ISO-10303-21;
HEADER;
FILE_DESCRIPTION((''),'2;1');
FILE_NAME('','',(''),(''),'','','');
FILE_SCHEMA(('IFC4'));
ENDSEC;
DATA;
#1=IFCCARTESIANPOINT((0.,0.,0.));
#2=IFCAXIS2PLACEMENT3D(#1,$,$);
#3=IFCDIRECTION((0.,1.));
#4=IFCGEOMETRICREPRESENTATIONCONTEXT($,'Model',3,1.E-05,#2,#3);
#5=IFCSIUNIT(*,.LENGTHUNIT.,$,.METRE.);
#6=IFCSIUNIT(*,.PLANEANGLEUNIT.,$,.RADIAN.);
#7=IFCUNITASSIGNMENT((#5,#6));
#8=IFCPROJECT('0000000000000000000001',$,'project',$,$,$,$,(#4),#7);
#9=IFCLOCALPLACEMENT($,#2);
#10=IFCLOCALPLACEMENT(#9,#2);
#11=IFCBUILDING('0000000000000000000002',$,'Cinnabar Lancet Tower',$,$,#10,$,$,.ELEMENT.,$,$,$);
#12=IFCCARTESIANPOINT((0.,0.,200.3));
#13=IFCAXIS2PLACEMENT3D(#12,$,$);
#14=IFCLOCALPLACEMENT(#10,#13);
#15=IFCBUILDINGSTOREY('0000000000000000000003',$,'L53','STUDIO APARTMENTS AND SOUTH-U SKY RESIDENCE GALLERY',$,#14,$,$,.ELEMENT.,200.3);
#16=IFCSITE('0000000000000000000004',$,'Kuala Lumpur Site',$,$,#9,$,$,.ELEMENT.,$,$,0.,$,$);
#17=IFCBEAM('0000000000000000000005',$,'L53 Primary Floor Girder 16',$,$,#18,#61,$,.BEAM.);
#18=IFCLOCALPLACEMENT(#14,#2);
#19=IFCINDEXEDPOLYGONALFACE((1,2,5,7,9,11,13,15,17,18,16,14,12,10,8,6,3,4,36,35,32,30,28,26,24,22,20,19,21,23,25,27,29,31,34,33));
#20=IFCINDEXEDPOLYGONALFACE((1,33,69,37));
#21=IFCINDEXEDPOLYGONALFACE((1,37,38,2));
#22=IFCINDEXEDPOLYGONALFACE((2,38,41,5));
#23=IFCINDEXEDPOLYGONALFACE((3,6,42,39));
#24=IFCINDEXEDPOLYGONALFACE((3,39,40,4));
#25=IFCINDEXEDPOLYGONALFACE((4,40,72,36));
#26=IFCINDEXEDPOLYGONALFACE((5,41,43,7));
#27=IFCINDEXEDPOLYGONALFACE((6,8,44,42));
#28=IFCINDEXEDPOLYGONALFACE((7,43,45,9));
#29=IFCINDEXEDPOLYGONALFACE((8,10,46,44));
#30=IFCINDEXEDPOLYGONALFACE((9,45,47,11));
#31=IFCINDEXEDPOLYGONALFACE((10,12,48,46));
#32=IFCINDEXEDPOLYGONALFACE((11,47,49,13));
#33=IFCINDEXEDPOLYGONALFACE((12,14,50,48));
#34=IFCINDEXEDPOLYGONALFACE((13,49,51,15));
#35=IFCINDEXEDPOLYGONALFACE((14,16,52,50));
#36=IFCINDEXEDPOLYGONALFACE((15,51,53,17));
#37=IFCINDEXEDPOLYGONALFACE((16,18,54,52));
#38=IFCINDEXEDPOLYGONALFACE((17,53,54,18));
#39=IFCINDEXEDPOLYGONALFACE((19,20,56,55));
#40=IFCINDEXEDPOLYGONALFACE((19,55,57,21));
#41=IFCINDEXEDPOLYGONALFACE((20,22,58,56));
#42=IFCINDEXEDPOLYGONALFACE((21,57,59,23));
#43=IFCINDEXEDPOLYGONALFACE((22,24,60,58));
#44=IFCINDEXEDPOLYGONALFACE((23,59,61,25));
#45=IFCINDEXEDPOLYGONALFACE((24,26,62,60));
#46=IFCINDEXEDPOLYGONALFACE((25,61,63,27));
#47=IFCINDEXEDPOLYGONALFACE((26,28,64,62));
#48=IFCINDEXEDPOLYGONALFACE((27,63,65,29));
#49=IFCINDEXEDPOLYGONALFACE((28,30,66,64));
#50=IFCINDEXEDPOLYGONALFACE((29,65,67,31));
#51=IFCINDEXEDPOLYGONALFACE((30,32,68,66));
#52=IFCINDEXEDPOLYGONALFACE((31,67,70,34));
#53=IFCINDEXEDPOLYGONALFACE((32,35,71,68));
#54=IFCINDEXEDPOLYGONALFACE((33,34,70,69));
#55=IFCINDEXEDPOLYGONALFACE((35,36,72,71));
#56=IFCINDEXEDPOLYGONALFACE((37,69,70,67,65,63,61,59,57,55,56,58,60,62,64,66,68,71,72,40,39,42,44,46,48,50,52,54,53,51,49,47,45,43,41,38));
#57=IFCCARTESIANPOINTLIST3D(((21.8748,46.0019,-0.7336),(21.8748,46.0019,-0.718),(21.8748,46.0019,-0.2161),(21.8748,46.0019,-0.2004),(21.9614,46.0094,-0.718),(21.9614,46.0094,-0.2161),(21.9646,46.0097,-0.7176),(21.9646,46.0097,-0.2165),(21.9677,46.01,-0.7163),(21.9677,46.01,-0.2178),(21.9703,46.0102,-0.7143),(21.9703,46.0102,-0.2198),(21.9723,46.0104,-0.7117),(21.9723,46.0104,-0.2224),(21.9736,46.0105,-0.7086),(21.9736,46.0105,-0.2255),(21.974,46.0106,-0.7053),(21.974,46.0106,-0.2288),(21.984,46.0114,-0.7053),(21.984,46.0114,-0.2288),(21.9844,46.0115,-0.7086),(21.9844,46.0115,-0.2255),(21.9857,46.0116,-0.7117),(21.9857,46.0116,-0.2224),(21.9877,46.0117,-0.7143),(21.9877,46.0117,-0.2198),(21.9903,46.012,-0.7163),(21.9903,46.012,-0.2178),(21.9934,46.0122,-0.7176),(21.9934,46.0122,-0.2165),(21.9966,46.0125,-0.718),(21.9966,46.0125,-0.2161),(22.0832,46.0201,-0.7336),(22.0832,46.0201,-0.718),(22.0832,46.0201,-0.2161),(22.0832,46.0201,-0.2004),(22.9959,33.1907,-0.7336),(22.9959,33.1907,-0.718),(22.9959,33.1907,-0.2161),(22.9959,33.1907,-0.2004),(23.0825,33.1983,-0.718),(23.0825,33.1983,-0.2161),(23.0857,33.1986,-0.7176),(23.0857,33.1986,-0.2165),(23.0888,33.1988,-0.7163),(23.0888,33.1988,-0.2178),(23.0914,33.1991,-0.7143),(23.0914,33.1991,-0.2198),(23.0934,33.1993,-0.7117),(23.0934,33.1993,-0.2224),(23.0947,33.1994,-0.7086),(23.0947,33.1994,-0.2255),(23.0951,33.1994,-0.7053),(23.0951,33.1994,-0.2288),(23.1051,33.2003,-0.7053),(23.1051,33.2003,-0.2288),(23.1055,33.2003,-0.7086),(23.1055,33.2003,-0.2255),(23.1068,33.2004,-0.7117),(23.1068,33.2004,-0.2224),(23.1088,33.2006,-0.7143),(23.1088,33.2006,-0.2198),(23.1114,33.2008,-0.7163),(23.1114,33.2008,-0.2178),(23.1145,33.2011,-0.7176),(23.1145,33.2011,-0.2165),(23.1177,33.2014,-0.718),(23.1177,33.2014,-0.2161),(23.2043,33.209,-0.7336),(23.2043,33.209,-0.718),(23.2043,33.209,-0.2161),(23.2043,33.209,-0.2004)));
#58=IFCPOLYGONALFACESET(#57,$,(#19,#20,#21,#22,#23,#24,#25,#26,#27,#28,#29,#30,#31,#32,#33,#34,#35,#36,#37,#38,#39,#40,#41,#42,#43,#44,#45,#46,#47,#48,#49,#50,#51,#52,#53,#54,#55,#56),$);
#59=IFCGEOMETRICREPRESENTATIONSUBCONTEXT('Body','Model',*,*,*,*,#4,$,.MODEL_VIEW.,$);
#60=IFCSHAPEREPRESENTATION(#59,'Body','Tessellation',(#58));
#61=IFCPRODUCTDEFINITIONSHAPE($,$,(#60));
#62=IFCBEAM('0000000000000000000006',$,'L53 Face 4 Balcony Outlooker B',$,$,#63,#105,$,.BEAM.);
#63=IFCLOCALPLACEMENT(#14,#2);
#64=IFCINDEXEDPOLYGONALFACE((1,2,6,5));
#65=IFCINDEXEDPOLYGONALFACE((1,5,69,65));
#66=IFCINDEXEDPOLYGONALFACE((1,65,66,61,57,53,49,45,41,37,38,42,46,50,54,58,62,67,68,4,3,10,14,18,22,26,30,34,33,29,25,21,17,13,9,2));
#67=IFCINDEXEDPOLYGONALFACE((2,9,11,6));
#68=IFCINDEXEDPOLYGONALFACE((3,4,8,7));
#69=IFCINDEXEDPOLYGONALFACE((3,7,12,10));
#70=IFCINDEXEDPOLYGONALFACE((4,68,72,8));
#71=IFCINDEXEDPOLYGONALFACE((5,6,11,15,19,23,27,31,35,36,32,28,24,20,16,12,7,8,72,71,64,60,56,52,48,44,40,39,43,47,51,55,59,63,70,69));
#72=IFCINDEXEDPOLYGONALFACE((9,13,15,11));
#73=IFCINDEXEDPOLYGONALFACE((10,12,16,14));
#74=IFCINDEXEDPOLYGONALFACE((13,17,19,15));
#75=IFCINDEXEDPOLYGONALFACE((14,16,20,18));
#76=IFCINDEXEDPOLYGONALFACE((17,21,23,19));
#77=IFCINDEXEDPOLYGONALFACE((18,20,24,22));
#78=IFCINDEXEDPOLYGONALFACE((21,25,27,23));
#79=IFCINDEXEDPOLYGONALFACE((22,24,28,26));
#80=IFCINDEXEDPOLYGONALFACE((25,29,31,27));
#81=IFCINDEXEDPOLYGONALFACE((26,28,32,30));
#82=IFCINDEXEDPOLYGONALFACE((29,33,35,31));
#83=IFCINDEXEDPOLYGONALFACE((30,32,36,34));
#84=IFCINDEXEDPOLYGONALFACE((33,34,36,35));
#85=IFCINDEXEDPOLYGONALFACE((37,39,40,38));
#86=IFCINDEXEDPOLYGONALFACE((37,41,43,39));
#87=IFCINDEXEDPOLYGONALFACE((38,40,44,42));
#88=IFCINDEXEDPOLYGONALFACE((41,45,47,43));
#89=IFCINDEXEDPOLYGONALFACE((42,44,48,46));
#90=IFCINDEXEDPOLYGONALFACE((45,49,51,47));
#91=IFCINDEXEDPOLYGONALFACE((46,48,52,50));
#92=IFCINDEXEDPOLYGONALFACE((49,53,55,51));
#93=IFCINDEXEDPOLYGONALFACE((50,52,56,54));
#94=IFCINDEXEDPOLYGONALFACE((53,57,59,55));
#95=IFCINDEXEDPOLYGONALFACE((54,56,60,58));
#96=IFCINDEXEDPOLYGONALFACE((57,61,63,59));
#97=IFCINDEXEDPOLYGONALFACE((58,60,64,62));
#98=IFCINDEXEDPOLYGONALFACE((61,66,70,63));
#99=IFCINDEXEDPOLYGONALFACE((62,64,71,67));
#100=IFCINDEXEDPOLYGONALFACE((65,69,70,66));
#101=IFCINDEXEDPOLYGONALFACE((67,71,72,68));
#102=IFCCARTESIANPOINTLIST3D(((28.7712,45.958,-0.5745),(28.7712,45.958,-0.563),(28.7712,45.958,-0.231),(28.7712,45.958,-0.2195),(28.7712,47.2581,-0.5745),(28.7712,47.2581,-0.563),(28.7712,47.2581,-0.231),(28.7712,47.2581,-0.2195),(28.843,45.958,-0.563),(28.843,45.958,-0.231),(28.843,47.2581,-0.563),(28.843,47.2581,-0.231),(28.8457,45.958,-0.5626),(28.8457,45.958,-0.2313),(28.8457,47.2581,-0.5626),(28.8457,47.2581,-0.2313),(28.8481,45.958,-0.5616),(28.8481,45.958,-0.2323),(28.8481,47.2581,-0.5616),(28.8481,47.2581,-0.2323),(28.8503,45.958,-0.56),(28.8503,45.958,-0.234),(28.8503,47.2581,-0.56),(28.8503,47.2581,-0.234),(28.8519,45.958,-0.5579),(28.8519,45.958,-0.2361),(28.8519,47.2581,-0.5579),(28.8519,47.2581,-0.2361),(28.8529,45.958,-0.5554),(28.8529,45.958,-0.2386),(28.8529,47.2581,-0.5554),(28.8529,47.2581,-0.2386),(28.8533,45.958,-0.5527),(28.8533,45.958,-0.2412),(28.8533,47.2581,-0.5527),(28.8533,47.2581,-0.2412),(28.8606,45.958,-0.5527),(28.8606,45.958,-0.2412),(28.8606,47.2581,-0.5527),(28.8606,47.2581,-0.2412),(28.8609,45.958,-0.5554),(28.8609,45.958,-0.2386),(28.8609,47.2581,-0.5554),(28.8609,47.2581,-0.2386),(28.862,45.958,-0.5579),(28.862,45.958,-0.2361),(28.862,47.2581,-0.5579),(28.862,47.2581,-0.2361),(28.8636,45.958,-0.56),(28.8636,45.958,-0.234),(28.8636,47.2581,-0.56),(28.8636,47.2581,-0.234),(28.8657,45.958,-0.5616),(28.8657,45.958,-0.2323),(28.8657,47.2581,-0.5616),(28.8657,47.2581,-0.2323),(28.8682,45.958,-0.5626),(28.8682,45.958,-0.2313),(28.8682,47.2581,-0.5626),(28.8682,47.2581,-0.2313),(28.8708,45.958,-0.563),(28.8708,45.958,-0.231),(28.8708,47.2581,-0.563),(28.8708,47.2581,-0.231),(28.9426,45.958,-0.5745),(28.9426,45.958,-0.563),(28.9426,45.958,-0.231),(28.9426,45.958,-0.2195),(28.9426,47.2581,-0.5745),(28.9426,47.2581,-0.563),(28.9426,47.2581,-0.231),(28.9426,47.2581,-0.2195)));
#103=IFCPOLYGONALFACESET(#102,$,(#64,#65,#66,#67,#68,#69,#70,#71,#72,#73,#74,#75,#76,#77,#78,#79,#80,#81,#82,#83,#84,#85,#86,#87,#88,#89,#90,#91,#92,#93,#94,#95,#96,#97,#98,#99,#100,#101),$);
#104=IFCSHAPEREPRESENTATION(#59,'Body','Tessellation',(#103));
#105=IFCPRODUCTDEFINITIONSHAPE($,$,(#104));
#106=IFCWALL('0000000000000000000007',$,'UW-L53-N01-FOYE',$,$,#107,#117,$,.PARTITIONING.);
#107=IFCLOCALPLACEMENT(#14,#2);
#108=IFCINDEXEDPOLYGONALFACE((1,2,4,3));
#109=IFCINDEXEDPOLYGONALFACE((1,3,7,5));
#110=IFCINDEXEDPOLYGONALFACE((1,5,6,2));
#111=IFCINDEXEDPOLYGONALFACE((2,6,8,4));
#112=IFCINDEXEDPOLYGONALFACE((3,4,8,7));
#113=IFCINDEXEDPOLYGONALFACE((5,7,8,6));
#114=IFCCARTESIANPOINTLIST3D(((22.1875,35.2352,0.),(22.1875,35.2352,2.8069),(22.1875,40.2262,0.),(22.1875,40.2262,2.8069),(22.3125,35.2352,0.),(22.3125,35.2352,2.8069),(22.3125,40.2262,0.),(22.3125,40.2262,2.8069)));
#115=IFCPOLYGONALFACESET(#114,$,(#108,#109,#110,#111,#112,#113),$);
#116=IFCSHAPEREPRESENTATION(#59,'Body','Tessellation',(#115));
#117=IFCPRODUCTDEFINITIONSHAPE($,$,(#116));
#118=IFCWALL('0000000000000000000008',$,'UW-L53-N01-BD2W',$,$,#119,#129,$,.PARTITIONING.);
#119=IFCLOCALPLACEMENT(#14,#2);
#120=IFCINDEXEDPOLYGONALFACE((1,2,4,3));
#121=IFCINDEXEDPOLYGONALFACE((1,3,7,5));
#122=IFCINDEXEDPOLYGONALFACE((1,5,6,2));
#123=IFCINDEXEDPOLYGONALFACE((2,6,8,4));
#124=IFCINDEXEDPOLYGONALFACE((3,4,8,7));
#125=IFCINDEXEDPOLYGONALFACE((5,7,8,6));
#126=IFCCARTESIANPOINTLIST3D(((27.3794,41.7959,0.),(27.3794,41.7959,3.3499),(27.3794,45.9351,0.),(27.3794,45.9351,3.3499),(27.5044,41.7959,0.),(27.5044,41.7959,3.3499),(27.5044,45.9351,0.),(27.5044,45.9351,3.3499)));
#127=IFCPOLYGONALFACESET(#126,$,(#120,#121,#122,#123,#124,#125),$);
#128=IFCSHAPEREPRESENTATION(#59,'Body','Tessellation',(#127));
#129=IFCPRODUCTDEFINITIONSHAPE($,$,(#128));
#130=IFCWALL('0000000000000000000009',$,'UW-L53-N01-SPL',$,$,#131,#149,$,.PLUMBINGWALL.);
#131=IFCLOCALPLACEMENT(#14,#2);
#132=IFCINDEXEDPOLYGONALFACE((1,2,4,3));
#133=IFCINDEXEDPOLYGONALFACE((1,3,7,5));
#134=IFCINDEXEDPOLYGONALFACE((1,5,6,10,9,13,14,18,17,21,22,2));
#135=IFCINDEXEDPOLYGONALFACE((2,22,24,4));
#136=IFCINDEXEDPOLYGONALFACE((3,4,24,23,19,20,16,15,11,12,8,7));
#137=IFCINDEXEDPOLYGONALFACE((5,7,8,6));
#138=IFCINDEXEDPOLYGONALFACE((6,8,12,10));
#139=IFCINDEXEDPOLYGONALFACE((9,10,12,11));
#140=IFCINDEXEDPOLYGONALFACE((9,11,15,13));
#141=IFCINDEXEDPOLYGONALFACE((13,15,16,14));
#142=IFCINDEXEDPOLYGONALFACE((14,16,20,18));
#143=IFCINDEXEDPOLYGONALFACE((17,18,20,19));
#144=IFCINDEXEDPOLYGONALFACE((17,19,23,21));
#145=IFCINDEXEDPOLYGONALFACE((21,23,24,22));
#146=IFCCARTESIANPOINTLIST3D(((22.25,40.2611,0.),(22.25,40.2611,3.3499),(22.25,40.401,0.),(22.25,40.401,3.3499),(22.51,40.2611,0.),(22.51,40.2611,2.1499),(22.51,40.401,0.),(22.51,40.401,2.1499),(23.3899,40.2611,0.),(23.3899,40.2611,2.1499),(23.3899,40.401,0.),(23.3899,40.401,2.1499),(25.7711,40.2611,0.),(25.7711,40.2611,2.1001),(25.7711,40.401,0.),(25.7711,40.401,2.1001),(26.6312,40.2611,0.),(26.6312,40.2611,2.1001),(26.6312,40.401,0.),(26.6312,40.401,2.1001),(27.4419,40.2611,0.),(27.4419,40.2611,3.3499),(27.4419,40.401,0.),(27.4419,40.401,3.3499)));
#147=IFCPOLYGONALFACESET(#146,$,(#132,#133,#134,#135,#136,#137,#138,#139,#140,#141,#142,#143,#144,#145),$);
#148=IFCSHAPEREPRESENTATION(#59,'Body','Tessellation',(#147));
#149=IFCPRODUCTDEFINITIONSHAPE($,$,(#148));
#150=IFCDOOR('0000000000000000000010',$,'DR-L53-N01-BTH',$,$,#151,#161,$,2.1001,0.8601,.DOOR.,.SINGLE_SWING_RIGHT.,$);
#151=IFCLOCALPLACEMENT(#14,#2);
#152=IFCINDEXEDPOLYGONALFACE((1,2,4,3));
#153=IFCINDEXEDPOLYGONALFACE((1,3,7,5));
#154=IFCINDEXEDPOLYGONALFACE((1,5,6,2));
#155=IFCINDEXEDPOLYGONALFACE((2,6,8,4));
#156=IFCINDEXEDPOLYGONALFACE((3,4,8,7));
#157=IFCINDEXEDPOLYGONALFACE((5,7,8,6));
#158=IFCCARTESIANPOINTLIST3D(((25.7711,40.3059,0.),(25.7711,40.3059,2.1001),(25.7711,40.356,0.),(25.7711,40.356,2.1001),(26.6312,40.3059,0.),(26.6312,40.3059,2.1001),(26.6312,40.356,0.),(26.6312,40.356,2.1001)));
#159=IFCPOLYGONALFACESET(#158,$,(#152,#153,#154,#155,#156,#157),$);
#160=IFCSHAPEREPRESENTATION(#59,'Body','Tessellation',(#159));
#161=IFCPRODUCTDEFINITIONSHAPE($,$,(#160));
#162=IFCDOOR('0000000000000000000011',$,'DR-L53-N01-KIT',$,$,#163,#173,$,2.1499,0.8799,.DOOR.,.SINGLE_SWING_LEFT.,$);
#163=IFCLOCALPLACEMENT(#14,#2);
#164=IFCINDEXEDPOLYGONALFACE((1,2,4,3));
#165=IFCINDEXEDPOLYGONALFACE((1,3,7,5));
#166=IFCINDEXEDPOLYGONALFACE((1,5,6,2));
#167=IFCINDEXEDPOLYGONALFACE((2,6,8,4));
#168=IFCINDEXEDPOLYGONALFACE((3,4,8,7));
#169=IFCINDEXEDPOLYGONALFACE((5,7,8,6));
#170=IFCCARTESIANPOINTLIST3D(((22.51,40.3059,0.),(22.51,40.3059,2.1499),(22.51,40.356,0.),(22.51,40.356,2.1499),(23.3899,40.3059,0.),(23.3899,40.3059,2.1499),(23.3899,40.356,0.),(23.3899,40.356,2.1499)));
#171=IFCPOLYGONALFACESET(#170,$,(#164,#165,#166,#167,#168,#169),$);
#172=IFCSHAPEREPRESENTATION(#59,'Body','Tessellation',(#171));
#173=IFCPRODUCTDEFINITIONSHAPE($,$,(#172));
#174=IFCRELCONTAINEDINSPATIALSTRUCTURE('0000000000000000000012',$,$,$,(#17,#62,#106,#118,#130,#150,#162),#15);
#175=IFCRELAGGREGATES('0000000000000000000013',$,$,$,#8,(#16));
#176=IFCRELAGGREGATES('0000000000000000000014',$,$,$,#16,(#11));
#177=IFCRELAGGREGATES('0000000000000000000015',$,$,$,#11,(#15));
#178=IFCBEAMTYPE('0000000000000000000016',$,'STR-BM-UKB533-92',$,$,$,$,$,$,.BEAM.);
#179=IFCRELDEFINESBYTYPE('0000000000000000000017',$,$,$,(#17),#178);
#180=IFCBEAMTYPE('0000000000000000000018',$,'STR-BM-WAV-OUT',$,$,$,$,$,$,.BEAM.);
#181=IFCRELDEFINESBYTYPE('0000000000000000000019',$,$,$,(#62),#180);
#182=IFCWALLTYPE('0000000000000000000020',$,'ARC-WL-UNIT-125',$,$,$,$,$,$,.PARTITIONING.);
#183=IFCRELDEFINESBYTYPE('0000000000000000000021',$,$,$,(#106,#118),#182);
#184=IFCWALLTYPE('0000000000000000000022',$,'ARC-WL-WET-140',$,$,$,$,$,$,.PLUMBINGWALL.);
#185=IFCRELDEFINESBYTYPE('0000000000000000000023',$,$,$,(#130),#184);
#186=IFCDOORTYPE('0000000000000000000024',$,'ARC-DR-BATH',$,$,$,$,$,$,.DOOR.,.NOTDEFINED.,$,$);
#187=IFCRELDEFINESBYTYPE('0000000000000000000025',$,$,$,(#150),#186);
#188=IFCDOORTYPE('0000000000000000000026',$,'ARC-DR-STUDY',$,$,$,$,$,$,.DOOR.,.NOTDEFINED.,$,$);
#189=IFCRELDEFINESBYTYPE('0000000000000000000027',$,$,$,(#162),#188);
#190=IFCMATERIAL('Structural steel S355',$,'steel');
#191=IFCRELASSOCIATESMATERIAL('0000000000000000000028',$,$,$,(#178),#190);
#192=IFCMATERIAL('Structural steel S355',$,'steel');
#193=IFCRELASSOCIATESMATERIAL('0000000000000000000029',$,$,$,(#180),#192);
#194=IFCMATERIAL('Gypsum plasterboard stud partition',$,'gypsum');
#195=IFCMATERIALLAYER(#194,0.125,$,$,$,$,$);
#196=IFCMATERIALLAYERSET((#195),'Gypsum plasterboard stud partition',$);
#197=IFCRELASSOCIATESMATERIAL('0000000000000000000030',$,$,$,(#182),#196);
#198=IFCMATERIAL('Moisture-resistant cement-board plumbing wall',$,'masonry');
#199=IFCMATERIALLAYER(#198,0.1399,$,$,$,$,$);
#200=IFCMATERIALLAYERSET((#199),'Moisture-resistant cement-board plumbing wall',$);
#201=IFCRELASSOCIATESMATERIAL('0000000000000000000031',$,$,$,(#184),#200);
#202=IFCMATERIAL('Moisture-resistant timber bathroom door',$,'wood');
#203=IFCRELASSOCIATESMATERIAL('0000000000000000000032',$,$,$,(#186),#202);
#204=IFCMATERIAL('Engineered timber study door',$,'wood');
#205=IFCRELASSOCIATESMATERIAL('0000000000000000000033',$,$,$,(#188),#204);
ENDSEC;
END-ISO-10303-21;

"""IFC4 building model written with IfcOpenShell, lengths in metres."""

from ifc_helpers import new_model, si_unit, direction, frame, frame_2d, origin, origin_2d, place, context, subcontext, project, spatial, rectangle, i_section, extrude, material, layer, layer_set, material_profile, profile_set, type_object, element, fill, save


model = new_model("IFC4")

# Units and contexts
model_context = context("Model", 3, precision=1e-05, world=origin(), true_north=direction((0.0, 1.0)))
body_context = subcontext(model_context, "Body", "Model", "MODEL_VIEW")
ifc_project = project(units=[si_unit("LENGTHUNIT", "METRE"), si_unit("PLANEANGLEUNIT", "RADIAN")], contexts=[model_context])

# Site, building, storey
site_placement = place(None, origin())
site = spatial("IfcSite", under=ifc_project, at=site_placement, Name="Kuala Lumpur Site", CompositionType="ELEMENT", RefElevation=0.0)
building_placement = place(site_placement, origin())
building = spatial("IfcBuilding", under=site, at=building_placement, Name="Cinnabar Lancet Tower", CompositionType="ELEMENT")
storey_placement = place(building_placement, frame((0.0, 0.0, 200.3)))
storey = spatial("IfcBuildingStorey", under=building, at=storey_placement, Name="L53", Description="STUDIO APARTMENTS AND SOUTH-U SKY RESIDENCE GALLERY", CompositionType="ELEMENT", Elevation=200.3)

# Beams
ifc_material_1 = material(Name="Structural steel S355", Category="steel")
ifc_material_profile_1 = material_profile(ifc_material_1, i_section(OverallWidth=0.2092, OverallDepth=0.5332, WebThickness=0.01, FlangeThickness=0.0156, FilletRadius=0.0127, at=origin_2d()), Name="UKB 533x210x92")
ifc_profile_set_1 = profile_set([ifc_material_profile_1], Name="Structural steel S355")
beam_type_1 = type_object("IfcBeamType", Name="STR-BM-UKB533-92", PredefinedType="BEAM", material=ifc_profile_set_1)
beam_1_placement = place(storey_placement, frame((21.979, 46.011, -0.467), z_axis=(0.087177, -0.996193, 0.0), x_axis=(0.996193, 0.087177, 0.0)))
element("IfcBeam", 1, at=beam_1_placement, inside=storey, type_object=beam_type_1, Name="L53 Primary Floor Girder 16", PredefinedType="BEAM", context=body_context, shape_type="SweptSolid", body=[
    extrude(i_section(OverallWidth=0.2092, OverallDepth=0.5332, WebThickness=0.01, FlangeThickness=0.0156, FilletRadius=0.0127, at=origin_2d()), origin(), (0.0, 0.0, 1.0), 12.8601),
])
ifc_material_2 = material(Name="Structural steel S355", Category="steel")
ifc_material_profile_2 = material_profile(ifc_material_2, i_section(OverallWidth=0.1714, OverallDepth=0.355, WebThickness=0.0073, FlangeThickness=0.0115, FilletRadius=0.0103, at=origin_2d()), Name="UKB 356x171x51")
ifc_profile_set_2 = profile_set([ifc_material_profile_2], Name="Structural steel S355")
beam_type_2 = type_object("IfcBeamType", Name="STR-BM-WAV-OUT", PredefinedType="BEAM", material=ifc_profile_set_2)
beam_2_placement = place(storey_placement, frame((28.8569, 45.958, -0.397), z_axis=(0.0, 1.0, 0.0), x_axis=(-1.0, 0.0, 0.0)))
element("IfcBeam", 2, at=beam_2_placement, inside=storey, type_object=beam_type_2, Name="L53 Face 4 Balcony Outlooker B", PredefinedType="BEAM", context=body_context, shape_type="SweptSolid", body=[
    extrude(i_section(OverallWidth=0.1714, OverallDepth=0.355, WebThickness=0.0073, FlangeThickness=0.0115, FilletRadius=0.0103, at=origin_2d()), origin(), (0.0, 0.0, 1.0), 1.3),
])

# Walls
ifc_material_3 = material(Name="Gypsum plasterboard stud partition", Category="gypsum")
ifc_layer_1 = layer(ifc_material_3, 0.125)
ifc_layer_set_1 = layer_set([ifc_layer_1], Name="Gypsum plasterboard stud partition")
wall_type_1 = type_object("IfcWallType", Name="ARC-WL-UNIT-125", PredefinedType="PARTITIONING", material=ifc_layer_set_1)
wall_1_placement = place(storey_placement, frame((22.25, 35.2351, 0.0), z_axis=(0.0, 0.0, 1.0), x_axis=(0.0, 1.0, 0.0)))
element("IfcWall", 3, at=wall_1_placement, inside=storey, type_object=wall_type_1, Name="UW-L53-N01-FOYE", PredefinedType="PARTITIONING", context=body_context, shape_type="SweptSolid", body=[
    extrude(rectangle(XDim=4.991, YDim=0.125, at=frame_2d((2.4956, 0.0))), origin(), (0.0, 0.0, 1.0), 2.8069),
])
wall_2_placement = place(storey_placement, frame((27.4419, 41.7959, 0.0), z_axis=(0.0, 0.0, 1.0), x_axis=(0.0, 1.0, 0.0)))
element("IfcWall", 4, at=wall_2_placement, inside=storey, type_object=wall_type_1, Name="UW-L53-N01-BD2W", PredefinedType="PARTITIONING", context=body_context, shape_type="SweptSolid", body=[
    extrude(rectangle(XDim=4.1392, YDim=0.125, at=frame_2d((2.0696, 0.0))), origin(), (0.0, 0.0, 1.0), 3.3499),
])

# Wall, openings, doors
ifc_material_4 = material(Name="Moisture-resistant cement-board plumbing wall", Category="masonry")
ifc_layer_2 = layer(ifc_material_4, 0.1399)
ifc_layer_set_2 = layer_set([ifc_layer_2], Name="Moisture-resistant cement-board plumbing wall")
wall_type_2 = type_object("IfcWallType", Name="ARC-WL-WET-140", PredefinedType="PLUMBINGWALL", material=ifc_layer_set_2)
wall_3_placement = place(storey_placement, frame((22.25, 40.3311, 0.0), z_axis=(0.0, 0.0, 1.0), x_axis=(1.0, 0.0, 0.0)))
wall_3 = element("IfcWall", 5, at=wall_3_placement, inside=storey, type_object=wall_type_2, Name="UW-L53-N01-SPL", PredefinedType="PLUMBINGWALL", context=body_context, shape_type="SweptSolid", body=[
    extrude(rectangle(XDim=5.1919, YDim=0.1399, at=frame_2d((2.5959, 0.0))), origin(), (0.0, 0.0, 1.0), 3.3499),
])
opening_1_placement = place(wall_3_placement, frame((3.521, 0.0, 0.0)))
opening_1 = element("IfcOpeningElement", 6, at=opening_1_placement, cuts=wall_3, PredefinedType="OPENING", context=body_context, shape_type="SweptSolid", body=[
    extrude(rectangle(XDim=0.8601, YDim=2.1001, at=frame_2d((0.4302, 1.05))), frame((0.0, 0.0798, 0.0), z_axis=(0.0, -1.0, 0.0), x_axis=(1.0, 0.0, 0.0)), (0.0, 0.0, 1.0), 0.1599),
])
opening_2_placement = place(wall_3_placement, frame((0.26, 0.0, 0.0)))
opening_2 = element("IfcOpeningElement", 7, at=opening_2_placement, cuts=wall_3, PredefinedType="OPENING", context=body_context, shape_type="SweptSolid", body=[
    extrude(rectangle(XDim=0.8799, YDim=2.1499, at=frame_2d((0.4399, 1.075))), frame((0.0, 0.0798, 0.0), z_axis=(0.0, -1.0, 0.0), x_axis=(1.0, 0.0, 0.0)), (0.0, 0.0, 1.0), 0.1599),
])
ifc_material_5 = material(Name="Moisture-resistant timber bathroom door", Category="wood")
door_type_1 = type_object("IfcDoorType", Name="ARC-DR-BATH", OperationType="NOTDEFINED", PredefinedType="DOOR", material=ifc_material_5)
door_1_placement = place(opening_1_placement, origin())
door_1 = element("IfcDoor", 8, at=door_1_placement, inside=storey, type_object=door_type_1, Name="DR-L53-N01-BTH", OperationType="SINGLE_SWING_RIGHT", OverallHeight=2.1001, OverallWidth=0.8601, PredefinedType="DOOR", context=body_context, shape_type="SweptSolid", body=[
    extrude(rectangle(XDim=0.8601, YDim=2.1001, at=frame_2d((0.4302, 1.05))), frame((0.0, 0.0249, 0.0), z_axis=(0.0, -1.0, 0.0), x_axis=(1.0, 0.0, 0.0)), (0.0, 0.0, 1.0), 0.05),
])
fill(opening_1, door_1)
ifc_material_6 = material(Name="Engineered timber study door", Category="wood")
door_type_2 = type_object("IfcDoorType", Name="ARC-DR-STUDY", OperationType="NOTDEFINED", PredefinedType="DOOR", material=ifc_material_6)
door_2_placement = place(opening_2_placement, origin())
door_2 = element("IfcDoor", 9, at=door_2_placement, inside=storey, type_object=door_type_2, Name="DR-L53-N01-KIT", OperationType="SINGLE_SWING_LEFT", OverallHeight=2.1499, OverallWidth=0.8799, PredefinedType="DOOR", context=body_context, shape_type="SweptSolid", body=[
    extrude(rectangle(XDim=0.8799, YDim=2.1499, at=frame_2d((0.4399, 1.075))), frame((0.0, 0.0249, 0.0), z_axis=(0.0, -1.0, 0.0), x_axis=(1.0, 0.0, 0.0)), (0.0, 0.0, 1.0), 0.05),
])
fill(opening_2, door_2)

save(model, "model.ifc")
